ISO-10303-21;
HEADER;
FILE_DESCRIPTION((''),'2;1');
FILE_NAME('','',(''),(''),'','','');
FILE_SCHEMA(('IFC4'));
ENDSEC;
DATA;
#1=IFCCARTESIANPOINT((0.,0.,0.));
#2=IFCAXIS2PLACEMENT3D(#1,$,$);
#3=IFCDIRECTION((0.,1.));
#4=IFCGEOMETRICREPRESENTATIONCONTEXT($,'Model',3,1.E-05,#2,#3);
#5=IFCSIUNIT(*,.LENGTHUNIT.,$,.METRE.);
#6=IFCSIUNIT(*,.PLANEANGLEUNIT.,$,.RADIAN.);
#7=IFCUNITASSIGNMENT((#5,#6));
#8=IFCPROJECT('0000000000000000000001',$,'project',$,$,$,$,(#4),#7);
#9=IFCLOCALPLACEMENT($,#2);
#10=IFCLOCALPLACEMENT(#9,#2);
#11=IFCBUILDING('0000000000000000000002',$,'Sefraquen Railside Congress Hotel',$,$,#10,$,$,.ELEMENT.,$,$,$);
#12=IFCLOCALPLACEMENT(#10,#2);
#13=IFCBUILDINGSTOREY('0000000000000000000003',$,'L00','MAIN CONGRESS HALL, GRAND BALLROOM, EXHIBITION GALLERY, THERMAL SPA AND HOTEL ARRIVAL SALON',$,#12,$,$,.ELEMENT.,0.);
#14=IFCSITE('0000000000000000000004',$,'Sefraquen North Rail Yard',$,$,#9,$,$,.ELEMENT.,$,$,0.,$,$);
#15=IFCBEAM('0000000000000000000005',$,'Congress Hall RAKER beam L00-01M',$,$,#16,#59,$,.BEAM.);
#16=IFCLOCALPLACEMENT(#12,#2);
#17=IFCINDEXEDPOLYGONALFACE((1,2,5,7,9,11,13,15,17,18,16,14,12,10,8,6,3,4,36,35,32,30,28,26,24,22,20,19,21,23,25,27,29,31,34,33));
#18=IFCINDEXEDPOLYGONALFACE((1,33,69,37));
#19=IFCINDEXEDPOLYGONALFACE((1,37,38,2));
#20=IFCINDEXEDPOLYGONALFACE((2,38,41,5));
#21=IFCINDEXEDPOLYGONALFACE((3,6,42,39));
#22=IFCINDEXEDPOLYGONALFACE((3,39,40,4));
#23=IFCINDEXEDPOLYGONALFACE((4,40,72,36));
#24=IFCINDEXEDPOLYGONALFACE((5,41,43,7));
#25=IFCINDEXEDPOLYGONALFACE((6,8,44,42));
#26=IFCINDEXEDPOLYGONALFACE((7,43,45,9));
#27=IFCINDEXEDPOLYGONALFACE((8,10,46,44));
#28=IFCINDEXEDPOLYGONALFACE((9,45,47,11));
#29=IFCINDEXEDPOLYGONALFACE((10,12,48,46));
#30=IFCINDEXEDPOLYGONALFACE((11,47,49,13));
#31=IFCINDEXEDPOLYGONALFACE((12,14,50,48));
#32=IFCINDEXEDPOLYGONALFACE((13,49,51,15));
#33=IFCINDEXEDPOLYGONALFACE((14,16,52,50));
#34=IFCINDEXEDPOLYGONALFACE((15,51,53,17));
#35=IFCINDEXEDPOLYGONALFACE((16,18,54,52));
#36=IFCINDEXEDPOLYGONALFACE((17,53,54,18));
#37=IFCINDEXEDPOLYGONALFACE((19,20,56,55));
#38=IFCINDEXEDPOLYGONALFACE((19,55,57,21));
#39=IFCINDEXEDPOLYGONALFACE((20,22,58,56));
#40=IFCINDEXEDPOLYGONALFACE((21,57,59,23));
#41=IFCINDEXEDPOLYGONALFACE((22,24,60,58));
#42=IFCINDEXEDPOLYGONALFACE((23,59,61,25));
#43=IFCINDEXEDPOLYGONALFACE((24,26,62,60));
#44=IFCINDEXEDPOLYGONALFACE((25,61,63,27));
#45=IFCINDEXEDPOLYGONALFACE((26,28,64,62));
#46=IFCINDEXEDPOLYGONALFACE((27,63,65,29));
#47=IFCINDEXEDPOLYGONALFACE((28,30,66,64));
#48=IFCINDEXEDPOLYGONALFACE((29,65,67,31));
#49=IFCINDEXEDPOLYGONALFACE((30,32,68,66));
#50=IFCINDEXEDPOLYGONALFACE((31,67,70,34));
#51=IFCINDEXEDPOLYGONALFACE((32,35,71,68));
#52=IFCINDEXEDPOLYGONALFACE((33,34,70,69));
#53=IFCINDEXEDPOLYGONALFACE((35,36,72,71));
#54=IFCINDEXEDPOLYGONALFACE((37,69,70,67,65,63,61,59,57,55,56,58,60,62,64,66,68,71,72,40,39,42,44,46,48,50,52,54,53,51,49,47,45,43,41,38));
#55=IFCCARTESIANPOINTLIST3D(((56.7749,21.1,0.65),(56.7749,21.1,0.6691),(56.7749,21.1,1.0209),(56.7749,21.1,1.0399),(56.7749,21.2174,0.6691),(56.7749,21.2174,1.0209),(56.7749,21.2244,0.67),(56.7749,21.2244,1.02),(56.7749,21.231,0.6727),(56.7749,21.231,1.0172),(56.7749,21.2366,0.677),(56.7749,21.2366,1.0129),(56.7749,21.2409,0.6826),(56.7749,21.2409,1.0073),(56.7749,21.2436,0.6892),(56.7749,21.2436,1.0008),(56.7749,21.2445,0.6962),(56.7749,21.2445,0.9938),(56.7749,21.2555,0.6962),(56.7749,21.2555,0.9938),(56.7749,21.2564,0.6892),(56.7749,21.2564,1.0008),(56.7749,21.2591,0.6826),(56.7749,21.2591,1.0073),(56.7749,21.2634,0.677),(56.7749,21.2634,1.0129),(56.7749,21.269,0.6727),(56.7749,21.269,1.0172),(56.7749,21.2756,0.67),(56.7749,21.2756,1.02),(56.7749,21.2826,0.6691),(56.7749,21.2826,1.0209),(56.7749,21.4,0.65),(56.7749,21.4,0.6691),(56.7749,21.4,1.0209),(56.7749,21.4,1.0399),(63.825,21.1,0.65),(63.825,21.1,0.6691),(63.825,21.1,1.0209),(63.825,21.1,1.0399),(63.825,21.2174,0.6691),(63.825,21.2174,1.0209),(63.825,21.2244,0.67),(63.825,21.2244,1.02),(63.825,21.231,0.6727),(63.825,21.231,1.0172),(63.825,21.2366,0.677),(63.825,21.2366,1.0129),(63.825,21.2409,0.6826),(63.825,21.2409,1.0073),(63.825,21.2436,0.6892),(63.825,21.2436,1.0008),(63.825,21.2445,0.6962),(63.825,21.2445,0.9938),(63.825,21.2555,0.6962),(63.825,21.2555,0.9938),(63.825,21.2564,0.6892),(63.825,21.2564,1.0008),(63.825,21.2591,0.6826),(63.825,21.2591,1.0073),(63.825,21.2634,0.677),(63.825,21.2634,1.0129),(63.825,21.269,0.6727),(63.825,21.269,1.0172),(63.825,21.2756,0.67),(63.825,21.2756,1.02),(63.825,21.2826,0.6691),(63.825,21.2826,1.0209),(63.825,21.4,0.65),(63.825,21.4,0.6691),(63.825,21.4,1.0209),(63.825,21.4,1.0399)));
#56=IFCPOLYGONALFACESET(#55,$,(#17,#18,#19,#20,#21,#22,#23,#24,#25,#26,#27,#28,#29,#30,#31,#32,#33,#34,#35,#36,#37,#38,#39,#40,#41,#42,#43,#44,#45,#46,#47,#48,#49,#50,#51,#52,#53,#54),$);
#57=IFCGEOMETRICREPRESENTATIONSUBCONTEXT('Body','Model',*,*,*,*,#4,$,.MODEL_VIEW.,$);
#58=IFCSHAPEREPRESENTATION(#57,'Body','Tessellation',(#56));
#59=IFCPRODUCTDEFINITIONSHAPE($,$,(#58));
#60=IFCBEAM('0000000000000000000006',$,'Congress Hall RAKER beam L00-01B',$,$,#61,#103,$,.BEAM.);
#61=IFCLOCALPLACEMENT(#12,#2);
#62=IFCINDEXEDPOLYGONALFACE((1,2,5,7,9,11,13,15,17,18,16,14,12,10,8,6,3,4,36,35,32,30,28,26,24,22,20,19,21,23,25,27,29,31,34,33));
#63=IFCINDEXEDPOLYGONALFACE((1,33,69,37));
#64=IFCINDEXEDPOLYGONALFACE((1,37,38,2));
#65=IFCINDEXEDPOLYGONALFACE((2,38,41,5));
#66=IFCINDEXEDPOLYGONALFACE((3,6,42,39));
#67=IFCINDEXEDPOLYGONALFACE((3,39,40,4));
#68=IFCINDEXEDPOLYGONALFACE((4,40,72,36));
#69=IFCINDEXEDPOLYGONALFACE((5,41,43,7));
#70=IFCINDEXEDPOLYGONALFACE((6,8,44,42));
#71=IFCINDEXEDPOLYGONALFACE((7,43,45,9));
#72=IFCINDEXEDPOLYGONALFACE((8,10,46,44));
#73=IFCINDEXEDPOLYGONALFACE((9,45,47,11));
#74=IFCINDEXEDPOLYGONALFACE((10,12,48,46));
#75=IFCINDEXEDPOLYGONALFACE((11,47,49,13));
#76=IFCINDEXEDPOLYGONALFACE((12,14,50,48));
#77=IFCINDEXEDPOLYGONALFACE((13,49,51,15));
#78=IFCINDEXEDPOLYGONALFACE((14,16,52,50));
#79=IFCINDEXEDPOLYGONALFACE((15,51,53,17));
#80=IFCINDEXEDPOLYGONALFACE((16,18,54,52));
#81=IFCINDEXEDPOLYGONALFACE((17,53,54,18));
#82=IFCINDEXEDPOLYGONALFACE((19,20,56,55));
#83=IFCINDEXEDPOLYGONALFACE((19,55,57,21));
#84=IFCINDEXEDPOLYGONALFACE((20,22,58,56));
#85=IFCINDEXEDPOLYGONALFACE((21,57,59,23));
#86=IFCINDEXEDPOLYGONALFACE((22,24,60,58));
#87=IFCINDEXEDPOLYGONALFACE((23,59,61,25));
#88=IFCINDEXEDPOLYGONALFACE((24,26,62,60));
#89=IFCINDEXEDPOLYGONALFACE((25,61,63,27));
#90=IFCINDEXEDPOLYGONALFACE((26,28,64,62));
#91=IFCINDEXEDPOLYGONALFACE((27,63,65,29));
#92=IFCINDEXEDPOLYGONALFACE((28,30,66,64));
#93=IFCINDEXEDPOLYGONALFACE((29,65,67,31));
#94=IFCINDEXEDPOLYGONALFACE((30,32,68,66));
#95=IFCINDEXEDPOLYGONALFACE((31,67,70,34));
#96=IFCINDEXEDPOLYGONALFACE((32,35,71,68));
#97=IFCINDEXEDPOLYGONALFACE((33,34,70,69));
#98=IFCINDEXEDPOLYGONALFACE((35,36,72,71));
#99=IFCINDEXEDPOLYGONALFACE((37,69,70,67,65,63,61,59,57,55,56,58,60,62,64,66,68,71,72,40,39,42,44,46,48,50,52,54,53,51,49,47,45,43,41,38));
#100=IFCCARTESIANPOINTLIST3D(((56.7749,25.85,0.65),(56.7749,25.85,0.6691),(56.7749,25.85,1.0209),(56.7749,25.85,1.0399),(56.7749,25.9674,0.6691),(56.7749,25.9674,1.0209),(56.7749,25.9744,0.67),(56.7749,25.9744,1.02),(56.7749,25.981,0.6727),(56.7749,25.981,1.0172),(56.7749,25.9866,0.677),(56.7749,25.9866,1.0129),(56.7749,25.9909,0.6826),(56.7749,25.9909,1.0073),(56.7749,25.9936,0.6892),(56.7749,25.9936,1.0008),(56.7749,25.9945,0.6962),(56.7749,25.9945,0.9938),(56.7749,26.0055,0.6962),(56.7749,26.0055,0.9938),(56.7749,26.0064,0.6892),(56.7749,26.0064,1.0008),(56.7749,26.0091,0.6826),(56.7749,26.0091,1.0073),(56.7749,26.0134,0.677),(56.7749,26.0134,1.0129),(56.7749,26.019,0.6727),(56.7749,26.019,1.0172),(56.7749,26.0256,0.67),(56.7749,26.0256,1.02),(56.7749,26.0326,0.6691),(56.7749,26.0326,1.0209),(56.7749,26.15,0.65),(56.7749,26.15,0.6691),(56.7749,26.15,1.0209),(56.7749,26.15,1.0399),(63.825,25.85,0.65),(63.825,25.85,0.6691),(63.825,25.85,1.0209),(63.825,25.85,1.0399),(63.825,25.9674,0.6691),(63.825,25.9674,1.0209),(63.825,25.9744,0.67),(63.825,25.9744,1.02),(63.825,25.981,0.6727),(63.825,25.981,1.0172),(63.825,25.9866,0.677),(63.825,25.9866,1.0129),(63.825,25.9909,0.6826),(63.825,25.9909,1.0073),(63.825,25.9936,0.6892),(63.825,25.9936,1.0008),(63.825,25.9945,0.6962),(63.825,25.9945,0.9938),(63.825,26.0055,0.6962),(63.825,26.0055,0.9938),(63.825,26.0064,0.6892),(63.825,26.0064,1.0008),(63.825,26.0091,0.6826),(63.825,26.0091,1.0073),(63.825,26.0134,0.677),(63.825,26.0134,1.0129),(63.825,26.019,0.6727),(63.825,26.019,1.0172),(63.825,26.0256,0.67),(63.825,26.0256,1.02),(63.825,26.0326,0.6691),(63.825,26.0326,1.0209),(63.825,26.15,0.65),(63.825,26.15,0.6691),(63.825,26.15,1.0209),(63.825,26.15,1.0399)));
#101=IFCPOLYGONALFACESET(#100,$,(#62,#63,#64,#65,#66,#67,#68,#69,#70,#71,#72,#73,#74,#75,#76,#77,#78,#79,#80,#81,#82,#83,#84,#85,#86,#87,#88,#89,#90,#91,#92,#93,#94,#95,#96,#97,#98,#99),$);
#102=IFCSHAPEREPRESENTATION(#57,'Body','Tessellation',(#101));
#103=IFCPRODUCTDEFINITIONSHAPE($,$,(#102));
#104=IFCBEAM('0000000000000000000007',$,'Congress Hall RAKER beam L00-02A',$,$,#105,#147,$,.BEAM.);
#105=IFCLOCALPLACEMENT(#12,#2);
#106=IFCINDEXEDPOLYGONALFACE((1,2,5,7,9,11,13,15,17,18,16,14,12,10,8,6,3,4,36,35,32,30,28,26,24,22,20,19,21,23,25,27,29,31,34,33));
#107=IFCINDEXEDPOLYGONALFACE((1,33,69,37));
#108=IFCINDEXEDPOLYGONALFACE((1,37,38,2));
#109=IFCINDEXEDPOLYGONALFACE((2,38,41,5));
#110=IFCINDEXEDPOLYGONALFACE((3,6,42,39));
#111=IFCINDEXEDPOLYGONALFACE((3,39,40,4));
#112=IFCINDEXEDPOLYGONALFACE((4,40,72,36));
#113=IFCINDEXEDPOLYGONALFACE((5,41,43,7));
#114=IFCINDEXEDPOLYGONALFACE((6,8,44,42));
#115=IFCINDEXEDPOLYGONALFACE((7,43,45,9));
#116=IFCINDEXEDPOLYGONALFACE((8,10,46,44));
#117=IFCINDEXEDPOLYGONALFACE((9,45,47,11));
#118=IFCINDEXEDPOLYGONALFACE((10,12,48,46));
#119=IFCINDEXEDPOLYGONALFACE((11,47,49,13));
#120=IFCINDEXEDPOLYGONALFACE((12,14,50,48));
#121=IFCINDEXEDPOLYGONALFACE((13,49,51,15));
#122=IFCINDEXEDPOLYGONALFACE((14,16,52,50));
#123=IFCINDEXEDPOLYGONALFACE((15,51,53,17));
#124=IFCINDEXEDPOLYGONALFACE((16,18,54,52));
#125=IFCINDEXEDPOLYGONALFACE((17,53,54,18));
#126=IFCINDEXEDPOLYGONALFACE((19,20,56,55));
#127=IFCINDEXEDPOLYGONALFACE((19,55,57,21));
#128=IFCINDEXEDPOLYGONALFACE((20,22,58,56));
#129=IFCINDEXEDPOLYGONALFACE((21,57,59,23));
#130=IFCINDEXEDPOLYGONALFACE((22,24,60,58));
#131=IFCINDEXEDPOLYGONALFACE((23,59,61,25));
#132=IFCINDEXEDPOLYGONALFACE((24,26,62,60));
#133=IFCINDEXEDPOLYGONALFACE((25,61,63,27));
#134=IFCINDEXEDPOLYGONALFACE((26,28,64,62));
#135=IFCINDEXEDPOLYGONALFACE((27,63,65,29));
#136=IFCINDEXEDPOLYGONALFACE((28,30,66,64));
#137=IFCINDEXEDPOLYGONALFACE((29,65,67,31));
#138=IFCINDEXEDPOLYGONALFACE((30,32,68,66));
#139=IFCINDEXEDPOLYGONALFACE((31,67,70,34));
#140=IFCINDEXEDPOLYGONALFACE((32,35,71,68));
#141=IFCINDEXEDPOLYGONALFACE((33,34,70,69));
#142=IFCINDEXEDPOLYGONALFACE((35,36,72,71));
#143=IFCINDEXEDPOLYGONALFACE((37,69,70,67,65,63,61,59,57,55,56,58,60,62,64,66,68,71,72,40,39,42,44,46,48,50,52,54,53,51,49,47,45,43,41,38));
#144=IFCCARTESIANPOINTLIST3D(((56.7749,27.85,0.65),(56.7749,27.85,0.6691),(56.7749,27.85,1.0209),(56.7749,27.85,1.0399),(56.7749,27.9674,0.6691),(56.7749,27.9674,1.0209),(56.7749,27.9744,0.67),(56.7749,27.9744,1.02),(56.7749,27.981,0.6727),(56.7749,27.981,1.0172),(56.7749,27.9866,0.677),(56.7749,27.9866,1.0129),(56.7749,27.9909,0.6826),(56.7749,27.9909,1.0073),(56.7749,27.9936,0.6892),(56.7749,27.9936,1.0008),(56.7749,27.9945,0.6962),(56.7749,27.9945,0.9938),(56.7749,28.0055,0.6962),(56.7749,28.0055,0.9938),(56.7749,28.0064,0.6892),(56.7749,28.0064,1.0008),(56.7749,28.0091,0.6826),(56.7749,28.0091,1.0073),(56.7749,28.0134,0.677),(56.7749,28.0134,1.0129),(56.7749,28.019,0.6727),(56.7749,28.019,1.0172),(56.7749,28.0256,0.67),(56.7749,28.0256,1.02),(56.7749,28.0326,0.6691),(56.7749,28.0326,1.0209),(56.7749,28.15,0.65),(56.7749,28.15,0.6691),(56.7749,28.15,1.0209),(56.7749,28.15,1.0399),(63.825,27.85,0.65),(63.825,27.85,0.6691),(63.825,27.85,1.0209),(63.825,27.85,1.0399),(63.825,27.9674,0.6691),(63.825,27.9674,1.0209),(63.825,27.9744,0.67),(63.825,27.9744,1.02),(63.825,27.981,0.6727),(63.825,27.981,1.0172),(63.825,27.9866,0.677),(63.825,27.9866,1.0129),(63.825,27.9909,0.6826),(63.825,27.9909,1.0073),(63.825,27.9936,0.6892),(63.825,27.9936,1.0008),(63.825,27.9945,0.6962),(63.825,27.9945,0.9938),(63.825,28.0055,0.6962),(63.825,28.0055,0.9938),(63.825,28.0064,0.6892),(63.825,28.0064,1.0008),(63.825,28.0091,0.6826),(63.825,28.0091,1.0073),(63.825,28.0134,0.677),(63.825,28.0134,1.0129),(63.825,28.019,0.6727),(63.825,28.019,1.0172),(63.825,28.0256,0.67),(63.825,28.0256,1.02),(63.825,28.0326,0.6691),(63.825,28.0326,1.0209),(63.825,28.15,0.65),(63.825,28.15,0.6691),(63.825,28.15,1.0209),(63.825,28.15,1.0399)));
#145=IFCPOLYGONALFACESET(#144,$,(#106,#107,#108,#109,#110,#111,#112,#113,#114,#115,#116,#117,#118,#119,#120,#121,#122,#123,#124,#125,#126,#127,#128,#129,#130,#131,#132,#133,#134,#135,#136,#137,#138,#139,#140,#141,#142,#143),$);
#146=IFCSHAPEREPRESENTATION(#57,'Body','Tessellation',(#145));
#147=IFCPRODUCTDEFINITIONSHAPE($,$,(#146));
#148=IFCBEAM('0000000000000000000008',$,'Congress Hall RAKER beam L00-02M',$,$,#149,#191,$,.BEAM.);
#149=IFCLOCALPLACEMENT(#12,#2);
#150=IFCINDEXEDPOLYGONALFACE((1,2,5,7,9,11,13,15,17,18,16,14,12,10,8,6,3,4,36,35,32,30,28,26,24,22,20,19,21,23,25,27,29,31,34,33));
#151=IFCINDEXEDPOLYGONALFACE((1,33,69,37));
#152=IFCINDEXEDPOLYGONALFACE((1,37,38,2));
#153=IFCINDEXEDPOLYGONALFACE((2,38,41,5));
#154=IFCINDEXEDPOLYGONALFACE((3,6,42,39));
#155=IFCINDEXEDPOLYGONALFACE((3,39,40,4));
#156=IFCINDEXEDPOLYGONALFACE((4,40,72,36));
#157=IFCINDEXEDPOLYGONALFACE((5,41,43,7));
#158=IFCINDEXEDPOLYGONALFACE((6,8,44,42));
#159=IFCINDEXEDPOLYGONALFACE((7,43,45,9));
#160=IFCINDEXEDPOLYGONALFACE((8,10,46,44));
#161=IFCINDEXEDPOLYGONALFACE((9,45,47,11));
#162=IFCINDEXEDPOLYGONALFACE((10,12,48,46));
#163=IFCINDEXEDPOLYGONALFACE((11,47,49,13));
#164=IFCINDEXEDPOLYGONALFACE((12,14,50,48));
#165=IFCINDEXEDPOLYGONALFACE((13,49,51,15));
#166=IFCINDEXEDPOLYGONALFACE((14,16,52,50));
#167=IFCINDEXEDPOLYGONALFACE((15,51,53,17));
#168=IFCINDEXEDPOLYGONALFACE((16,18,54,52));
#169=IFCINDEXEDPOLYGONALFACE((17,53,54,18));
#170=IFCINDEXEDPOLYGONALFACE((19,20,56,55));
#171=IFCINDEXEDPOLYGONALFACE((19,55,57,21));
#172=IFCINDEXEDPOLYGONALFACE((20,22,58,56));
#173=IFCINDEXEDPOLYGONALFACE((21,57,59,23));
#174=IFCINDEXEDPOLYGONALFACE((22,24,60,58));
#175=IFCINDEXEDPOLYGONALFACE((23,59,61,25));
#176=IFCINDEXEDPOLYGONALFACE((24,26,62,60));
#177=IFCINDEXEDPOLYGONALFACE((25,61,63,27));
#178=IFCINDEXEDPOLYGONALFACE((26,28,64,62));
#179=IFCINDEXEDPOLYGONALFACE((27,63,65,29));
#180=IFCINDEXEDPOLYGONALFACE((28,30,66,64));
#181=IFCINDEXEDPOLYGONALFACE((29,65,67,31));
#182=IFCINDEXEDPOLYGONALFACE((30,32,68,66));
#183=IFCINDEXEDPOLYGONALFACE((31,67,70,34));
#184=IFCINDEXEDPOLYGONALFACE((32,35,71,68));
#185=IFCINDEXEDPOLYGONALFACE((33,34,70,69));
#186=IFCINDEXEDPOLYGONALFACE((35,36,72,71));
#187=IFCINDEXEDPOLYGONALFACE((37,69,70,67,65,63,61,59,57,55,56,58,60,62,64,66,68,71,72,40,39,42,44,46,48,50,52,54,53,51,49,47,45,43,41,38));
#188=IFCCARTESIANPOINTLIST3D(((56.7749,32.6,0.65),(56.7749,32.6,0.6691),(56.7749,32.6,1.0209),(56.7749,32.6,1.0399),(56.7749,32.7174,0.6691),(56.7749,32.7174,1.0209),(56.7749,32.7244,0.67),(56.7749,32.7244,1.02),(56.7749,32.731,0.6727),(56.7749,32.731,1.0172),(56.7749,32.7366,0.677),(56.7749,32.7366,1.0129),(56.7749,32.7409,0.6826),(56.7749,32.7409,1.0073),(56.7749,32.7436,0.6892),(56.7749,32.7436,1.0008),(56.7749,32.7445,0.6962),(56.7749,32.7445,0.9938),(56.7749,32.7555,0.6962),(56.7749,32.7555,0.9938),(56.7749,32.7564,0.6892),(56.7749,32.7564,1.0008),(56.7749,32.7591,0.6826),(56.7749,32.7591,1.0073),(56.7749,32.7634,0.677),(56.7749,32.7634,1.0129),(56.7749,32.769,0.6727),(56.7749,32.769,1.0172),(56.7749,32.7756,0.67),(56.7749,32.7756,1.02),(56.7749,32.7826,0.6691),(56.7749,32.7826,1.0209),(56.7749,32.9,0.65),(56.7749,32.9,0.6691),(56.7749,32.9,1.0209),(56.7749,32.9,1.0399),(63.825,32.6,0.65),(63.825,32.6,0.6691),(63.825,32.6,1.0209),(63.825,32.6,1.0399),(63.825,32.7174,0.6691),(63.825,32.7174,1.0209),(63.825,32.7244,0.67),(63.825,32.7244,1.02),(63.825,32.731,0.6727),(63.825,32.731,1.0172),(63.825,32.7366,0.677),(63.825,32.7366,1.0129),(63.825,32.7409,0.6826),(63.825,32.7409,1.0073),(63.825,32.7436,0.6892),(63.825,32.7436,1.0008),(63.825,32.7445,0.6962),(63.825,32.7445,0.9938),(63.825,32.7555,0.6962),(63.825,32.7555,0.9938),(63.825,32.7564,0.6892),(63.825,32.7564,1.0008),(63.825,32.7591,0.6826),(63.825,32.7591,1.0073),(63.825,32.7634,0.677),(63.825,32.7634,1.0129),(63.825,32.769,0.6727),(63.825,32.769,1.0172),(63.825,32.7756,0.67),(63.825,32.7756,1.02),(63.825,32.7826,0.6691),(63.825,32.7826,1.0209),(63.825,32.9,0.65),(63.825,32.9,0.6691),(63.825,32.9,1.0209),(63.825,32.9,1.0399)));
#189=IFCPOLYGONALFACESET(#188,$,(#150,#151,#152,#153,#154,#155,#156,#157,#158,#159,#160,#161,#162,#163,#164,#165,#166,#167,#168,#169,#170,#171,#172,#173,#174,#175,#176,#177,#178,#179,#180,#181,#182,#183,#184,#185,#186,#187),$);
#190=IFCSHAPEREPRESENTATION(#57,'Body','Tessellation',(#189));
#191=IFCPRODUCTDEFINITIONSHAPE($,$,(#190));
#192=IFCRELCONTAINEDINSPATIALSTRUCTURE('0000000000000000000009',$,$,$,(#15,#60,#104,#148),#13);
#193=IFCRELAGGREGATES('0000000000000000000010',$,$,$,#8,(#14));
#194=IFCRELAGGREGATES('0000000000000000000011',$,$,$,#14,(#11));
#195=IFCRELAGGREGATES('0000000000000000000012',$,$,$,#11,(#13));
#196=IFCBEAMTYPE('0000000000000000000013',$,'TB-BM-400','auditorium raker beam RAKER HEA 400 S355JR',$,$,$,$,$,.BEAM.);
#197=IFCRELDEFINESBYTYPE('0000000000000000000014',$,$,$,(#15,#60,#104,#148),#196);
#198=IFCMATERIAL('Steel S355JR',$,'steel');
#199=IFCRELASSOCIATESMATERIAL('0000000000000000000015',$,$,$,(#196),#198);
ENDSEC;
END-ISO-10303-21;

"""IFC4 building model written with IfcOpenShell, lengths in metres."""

from ifc_helpers import new_model, si_unit, direction, frame, origin, origin_2d, place, context, subcontext, project, spatial, i_section, extrude, material, material_profile, profile_set, type_object, element, save


model = new_model("IFC4")

# Units and contexts
model_context = context("Model", 3, precision=1e-05, world=origin(), true_north=direction((0.0, 1.0)))
body_context = subcontext(model_context, "Body", "Model", "MODEL_VIEW")
ifc_project = project(units=[si_unit("LENGTHUNIT", "METRE"), si_unit("PLANEANGLEUNIT", "RADIAN")], contexts=[model_context])

# Site, building, storey
site_placement = place(None, origin())
site = spatial("IfcSite", under=ifc_project, at=site_placement, Name="Sefraquen North Rail Yard", CompositionType="ELEMENT", RefElevation=0.0)
building_placement = place(site_placement, origin())
building = spatial("IfcBuilding", under=site, at=building_placement, Name="Sefraquen Railside Congress Hotel", CompositionType="ELEMENT")
storey_placement = place(building_placement, origin())
storey = spatial("IfcBuildingStorey", under=building, at=storey_placement, Name="L00", Description="MAIN CONGRESS HALL, GRAND BALLROOM, EXHIBITION GALLERY, THERMAL SPA AND HOTEL ARRIVAL SALON", CompositionType="ELEMENT", Elevation=0.0)

# Beams
ifc_material_1 = material(Name="Steel S355JR", Category="steel")
ifc_material_profile = material_profile(ifc_material_1, i_section(OverallWidth=0.3, OverallDepth=0.3899, WebThickness=0.011, FlangeThickness=0.019, FilletRadius=0.0271, at=origin_2d()), Name="HEA 400")
ifc_profile_set = profile_set([ifc_material_profile], Name="Steel S355JR")
beam_type = type_object("IfcBeamType", Name="TB-BM-400", Description="auditorium raker beam RAKER HEA 400 S355JR", PredefinedType="BEAM", material=ifc_profile_set)
for number, where, z_axis, x_axis, name in (
    (1, (56.7749, 21.25, 0.845), (1.0, 0.0, 0.0), (0.0, 1.0, 0.0), "Congress Hall RAKER beam L00-01M"),
    (2, (56.7749, 26.0, 0.845), (1.0, 0.0, 0.0), (0.0, 1.0, 0.0), "Congress Hall RAKER beam L00-01B"),
    (3, (56.7749, 28.0, 0.845), (1.0, 0.0, 0.0), (0.0, 1.0, 0.0), "Congress Hall RAKER beam L00-02A"),
    (4, (56.7749, 32.75, 0.845), (1.0, 0.0, 0.0), (0.0, 1.0, 0.0), "Congress Hall RAKER beam L00-02M"),
):
    element("IfcBeam", number, at=place(storey_placement, frame(where, z_axis=z_axis, x_axis=x_axis)), inside=storey, type_object=beam_type, Name=name, PredefinedType="BEAM", context=body_context, shape_type="SweptSolid", body=[
        extrude(i_section(OverallWidth=0.3, OverallDepth=0.3899, WebThickness=0.011, FlangeThickness=0.019, FilletRadius=0.0271, at=origin_2d()), origin(), (0.0, 0.0, 1.0), 7.05),
    ])

save(model, "model.ifc")
